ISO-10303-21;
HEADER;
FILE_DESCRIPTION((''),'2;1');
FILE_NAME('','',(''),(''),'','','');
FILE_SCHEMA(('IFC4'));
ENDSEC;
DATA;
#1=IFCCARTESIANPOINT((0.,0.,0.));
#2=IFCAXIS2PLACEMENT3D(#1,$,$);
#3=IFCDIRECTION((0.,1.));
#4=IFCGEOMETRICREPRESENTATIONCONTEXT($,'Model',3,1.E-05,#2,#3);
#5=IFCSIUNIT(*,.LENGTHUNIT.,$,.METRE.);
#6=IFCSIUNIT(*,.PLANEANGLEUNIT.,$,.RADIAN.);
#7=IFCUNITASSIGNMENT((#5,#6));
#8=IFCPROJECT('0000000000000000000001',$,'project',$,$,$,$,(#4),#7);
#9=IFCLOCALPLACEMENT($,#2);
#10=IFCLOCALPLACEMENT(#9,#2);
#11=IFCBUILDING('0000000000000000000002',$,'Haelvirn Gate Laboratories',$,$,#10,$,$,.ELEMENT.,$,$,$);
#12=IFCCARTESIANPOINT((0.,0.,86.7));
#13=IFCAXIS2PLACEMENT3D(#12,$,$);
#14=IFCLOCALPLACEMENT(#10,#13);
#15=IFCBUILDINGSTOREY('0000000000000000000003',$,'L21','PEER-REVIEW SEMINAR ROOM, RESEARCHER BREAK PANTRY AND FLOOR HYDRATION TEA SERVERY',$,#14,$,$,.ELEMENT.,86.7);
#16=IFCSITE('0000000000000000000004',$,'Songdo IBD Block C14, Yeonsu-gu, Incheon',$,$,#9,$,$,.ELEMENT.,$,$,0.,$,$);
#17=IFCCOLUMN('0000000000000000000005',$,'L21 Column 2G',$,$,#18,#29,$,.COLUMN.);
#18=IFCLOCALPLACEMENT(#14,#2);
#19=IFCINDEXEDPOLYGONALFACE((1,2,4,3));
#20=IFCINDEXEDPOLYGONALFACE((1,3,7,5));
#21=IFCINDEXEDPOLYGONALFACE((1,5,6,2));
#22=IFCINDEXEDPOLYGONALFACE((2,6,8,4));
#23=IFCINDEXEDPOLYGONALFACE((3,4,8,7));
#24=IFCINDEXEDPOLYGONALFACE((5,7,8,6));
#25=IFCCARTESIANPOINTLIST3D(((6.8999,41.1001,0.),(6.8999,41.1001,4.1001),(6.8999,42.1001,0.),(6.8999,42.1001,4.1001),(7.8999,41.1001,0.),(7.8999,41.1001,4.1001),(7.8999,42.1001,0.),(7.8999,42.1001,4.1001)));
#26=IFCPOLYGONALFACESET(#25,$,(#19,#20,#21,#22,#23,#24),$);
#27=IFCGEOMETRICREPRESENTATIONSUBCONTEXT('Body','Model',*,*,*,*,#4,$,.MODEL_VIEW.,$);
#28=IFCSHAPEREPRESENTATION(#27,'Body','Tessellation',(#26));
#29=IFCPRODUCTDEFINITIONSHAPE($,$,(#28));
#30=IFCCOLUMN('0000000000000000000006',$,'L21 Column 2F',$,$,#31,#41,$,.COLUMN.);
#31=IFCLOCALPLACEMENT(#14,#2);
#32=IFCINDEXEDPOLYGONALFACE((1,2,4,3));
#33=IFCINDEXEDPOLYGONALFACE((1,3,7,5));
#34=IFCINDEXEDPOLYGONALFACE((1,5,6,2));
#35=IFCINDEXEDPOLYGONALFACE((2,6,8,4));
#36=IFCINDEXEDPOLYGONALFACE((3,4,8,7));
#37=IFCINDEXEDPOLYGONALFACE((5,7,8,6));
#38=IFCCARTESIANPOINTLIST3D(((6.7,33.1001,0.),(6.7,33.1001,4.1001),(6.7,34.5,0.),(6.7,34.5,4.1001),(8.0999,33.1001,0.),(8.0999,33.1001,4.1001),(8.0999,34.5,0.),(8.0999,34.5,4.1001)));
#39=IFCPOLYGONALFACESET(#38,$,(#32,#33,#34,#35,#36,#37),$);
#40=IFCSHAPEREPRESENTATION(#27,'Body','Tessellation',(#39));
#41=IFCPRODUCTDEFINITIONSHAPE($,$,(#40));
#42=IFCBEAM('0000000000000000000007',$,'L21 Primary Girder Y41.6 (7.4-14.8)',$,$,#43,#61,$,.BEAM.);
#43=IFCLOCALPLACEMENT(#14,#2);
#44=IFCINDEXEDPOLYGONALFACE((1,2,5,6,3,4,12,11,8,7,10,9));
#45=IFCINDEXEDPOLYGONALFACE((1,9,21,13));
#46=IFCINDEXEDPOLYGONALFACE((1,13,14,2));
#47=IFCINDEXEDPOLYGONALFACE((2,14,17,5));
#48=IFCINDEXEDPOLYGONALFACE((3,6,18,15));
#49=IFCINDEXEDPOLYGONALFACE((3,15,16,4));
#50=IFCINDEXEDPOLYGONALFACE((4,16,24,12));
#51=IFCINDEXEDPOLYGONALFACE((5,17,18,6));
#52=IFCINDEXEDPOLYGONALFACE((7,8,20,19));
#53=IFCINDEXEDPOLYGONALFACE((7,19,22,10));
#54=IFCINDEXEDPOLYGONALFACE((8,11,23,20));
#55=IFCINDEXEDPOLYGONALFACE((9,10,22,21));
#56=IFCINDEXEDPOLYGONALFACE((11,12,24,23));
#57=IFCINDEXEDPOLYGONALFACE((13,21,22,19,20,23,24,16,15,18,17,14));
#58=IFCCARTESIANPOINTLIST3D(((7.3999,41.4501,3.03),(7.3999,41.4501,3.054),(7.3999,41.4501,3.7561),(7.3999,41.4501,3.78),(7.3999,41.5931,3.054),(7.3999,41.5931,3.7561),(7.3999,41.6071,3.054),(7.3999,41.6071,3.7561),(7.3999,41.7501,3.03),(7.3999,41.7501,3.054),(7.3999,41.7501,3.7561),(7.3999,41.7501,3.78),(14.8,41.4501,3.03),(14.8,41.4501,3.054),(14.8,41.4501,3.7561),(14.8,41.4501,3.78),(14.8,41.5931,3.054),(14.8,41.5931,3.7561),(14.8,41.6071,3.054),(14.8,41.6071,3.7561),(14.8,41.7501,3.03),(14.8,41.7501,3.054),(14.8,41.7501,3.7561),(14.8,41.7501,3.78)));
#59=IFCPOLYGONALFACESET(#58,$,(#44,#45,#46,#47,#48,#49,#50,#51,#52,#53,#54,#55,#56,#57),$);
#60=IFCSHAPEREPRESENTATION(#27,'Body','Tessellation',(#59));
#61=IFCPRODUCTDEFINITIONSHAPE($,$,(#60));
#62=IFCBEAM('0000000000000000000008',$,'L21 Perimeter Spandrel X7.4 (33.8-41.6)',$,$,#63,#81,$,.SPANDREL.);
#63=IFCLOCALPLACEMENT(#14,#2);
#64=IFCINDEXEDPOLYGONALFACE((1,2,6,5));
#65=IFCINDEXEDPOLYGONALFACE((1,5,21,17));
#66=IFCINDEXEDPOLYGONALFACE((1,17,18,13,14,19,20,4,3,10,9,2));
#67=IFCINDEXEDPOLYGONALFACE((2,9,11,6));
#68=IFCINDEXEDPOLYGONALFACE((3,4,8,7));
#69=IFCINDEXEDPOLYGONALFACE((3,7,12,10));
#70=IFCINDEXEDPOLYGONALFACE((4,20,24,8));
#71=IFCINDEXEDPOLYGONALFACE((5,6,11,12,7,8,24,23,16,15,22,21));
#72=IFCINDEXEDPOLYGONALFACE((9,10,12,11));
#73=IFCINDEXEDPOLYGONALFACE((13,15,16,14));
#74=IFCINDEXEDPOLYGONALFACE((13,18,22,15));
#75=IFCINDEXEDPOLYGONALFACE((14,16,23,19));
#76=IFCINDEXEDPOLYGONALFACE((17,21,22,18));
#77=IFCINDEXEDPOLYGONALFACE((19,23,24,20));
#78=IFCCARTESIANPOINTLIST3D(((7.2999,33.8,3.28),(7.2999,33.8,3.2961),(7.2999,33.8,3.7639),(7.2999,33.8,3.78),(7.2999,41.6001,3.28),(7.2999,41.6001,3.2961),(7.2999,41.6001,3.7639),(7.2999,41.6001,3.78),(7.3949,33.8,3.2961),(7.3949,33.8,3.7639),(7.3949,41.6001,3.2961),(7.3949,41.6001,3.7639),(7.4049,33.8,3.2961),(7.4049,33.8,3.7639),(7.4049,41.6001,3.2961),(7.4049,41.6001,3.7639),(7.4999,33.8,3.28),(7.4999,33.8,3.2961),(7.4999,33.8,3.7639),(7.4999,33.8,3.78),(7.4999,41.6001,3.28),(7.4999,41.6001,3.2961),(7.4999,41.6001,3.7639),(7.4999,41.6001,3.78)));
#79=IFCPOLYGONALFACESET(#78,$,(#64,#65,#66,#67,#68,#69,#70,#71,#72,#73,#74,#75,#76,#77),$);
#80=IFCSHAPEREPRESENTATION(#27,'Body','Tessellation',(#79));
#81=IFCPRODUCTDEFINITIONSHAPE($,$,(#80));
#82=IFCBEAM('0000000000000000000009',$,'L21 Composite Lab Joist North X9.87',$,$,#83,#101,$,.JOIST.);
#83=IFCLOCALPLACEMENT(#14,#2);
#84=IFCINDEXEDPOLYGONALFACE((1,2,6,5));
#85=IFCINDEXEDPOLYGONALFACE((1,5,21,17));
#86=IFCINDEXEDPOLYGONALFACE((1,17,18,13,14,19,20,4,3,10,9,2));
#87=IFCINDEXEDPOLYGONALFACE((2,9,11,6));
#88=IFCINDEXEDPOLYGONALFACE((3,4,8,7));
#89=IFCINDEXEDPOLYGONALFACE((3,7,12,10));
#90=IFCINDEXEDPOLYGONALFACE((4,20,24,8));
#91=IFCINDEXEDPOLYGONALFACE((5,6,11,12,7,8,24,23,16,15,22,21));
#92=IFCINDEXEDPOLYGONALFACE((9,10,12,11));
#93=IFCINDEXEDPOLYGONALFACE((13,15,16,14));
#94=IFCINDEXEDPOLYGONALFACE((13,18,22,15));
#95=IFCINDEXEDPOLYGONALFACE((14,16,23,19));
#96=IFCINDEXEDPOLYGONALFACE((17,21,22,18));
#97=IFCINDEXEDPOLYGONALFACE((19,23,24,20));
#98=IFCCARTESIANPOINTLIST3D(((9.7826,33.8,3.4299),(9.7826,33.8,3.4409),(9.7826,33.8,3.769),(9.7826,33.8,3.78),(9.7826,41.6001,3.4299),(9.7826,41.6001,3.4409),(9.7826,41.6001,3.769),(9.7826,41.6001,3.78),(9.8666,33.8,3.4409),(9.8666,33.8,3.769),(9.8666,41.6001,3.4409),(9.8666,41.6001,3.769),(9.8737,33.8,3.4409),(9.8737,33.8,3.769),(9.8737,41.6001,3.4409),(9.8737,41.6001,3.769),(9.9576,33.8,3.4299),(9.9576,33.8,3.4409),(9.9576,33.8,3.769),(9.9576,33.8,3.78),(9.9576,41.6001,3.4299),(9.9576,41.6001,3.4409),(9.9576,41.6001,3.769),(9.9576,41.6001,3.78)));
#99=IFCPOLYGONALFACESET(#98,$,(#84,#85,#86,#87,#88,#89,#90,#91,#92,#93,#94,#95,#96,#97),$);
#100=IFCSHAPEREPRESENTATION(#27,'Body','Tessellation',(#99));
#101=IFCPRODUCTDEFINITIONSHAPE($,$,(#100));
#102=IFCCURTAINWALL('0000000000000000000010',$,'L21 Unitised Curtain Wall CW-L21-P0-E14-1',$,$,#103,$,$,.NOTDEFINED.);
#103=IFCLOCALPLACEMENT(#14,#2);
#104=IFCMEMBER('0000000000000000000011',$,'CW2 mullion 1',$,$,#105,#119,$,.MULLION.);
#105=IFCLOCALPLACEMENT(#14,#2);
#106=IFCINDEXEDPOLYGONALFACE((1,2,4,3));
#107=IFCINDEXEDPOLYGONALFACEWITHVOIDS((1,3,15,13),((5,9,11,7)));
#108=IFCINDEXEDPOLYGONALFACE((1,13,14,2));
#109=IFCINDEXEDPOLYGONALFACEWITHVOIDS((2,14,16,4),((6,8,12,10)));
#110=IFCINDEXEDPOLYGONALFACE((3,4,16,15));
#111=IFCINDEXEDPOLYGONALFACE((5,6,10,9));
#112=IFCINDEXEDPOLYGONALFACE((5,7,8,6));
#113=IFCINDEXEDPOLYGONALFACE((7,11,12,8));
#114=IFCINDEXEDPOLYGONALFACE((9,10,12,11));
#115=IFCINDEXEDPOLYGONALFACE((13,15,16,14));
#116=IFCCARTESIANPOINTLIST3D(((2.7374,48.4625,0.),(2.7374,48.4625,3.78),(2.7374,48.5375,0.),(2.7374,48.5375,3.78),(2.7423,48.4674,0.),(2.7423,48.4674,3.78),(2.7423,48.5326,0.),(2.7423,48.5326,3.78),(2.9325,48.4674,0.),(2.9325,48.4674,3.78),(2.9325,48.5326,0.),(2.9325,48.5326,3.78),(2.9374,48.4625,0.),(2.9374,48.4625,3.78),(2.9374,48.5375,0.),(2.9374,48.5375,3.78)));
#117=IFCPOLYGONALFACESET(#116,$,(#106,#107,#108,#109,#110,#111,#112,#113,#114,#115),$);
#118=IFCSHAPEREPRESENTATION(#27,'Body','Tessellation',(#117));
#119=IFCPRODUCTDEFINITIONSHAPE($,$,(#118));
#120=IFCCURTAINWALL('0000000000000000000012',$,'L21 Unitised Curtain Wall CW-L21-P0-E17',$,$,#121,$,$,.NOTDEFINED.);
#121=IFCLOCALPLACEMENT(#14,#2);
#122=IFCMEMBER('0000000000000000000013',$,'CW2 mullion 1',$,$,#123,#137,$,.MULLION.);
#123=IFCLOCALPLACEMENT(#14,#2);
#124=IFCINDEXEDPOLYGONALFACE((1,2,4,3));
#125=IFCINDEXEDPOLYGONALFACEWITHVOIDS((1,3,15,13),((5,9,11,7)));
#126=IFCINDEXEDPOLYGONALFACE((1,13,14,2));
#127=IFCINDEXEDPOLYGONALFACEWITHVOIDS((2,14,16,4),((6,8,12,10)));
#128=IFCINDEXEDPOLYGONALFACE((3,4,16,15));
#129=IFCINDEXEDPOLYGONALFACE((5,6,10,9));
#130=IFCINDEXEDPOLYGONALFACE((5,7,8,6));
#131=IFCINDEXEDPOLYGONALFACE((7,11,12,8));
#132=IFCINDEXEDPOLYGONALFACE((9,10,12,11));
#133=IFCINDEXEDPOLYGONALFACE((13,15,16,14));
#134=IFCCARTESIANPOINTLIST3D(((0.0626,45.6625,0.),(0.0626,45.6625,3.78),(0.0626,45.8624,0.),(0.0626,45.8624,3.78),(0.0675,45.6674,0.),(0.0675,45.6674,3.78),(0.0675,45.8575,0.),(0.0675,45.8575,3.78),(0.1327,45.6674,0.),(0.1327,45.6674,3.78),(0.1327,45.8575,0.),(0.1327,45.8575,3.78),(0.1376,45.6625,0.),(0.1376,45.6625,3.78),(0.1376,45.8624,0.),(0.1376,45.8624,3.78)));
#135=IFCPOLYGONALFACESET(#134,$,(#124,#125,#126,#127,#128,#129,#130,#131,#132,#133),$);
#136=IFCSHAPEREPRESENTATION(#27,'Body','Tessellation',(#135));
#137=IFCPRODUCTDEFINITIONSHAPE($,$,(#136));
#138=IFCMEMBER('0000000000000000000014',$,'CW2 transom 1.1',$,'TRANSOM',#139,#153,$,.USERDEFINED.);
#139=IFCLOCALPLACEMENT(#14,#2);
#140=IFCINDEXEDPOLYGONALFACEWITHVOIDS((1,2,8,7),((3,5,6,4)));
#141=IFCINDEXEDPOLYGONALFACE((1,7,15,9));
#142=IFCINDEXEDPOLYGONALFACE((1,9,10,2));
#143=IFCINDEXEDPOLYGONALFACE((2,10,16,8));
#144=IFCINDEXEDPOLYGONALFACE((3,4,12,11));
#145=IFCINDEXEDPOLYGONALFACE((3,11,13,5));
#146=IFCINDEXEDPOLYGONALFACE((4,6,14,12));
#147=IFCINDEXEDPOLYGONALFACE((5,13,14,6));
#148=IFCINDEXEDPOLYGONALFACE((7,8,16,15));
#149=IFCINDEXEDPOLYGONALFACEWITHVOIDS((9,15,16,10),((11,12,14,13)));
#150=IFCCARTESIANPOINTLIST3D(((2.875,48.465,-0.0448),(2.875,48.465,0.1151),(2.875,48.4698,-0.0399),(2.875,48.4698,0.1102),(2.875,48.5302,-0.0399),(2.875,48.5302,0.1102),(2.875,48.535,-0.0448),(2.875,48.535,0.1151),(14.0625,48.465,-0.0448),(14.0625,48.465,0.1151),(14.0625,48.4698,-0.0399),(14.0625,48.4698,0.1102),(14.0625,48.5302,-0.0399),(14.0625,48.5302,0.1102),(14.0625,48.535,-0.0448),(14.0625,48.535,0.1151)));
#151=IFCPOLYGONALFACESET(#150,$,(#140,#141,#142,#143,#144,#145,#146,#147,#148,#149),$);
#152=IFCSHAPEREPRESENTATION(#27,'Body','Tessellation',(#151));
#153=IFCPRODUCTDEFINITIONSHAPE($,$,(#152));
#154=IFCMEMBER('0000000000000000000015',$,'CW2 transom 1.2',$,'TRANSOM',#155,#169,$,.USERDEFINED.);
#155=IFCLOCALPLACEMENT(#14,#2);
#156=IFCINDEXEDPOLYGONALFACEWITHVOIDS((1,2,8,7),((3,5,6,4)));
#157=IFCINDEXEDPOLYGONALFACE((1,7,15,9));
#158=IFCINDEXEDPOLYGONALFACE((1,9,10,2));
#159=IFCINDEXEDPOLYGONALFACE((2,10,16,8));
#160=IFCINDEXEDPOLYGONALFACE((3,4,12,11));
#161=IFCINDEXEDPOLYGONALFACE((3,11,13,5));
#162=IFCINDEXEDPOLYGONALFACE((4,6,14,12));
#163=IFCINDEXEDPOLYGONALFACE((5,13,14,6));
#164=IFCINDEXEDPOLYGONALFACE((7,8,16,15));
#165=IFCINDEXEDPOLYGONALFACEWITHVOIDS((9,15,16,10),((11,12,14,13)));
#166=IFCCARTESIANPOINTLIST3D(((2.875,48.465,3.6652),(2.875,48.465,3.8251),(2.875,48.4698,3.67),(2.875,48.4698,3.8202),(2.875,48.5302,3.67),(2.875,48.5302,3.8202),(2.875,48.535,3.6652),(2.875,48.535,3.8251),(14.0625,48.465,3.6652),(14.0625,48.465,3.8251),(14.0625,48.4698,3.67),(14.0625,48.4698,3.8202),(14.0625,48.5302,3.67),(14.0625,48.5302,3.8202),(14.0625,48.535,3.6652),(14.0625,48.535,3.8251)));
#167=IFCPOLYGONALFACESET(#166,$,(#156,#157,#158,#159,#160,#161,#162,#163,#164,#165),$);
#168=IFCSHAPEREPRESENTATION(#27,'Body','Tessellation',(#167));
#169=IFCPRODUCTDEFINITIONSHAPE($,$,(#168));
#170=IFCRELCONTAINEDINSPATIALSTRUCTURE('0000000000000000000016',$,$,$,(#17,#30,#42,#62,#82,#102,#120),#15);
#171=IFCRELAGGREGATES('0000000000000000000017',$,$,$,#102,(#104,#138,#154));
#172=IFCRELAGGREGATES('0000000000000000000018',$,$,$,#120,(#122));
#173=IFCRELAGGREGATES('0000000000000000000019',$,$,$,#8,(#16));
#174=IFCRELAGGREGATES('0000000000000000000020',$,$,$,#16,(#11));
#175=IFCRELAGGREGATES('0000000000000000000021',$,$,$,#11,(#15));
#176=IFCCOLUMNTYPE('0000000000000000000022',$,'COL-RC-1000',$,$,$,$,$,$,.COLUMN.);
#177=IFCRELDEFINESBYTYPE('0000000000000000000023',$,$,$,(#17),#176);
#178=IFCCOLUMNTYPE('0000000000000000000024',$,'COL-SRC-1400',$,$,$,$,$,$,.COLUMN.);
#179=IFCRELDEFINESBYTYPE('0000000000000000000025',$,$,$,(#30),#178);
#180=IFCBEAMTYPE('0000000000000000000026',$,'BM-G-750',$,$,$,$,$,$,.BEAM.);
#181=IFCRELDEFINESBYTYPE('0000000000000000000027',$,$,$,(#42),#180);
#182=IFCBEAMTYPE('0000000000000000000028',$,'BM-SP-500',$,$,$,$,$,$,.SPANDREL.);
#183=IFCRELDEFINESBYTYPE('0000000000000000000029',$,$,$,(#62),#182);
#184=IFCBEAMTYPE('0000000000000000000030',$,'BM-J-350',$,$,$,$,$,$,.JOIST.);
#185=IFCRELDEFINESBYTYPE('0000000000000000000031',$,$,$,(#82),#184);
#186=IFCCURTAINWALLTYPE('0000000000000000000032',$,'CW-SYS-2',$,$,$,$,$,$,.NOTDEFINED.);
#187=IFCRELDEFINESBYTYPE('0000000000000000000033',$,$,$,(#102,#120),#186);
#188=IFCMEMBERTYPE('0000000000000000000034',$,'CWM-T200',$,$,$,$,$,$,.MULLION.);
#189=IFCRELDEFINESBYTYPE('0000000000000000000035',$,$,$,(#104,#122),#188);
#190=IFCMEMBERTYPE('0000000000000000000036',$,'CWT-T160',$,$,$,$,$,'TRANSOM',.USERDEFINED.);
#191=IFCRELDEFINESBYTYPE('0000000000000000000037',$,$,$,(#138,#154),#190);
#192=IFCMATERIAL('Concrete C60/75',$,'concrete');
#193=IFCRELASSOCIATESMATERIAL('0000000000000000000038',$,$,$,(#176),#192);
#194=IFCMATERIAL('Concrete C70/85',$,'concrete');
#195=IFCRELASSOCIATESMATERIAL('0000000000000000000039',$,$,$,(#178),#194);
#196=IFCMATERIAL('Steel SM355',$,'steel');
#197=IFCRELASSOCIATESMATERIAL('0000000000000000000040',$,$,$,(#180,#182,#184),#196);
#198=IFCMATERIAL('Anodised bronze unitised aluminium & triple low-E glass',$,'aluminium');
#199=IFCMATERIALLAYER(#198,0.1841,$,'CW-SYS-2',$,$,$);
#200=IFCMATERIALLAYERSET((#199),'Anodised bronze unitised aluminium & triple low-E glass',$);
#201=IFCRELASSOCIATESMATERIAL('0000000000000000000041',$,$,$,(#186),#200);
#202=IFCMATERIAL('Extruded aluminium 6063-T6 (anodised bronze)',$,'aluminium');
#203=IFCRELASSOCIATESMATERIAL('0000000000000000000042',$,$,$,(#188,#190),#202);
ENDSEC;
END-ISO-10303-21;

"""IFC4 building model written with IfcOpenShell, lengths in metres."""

from ifc_helpers import new_model, si_unit, direction, frame, origin, origin_2d, place, context, subcontext, project, spatial, rectangle, hollow_rectangle, i_section, extrude, source, transform, mapped, material, layer, layer_set, material_profile, profile_set, type_object, type_shapes, element, aggregate, save


model = new_model("IFC4")

# Units and contexts
model_context = context("Model", 3, precision=1e-05, world=origin(), true_north=direction((0.0, 1.0)))
body_context = subcontext(model_context, "Body", "Model", "MODEL_VIEW")
ifc_project = project(units=[si_unit("LENGTHUNIT", "METRE"), si_unit("PLANEANGLEUNIT", "RADIAN")], contexts=[model_context])

# Site, building, storey
site_placement = place(None, origin())
site = spatial("IfcSite", under=ifc_project, at=site_placement, Name="Songdo IBD Block C14, Yeonsu-gu, Incheon", CompositionType="ELEMENT", RefElevation=0.0)
building_placement = place(site_placement, origin())
building = spatial("IfcBuilding", under=site, at=building_placement, Name="Haelvirn Gate Laboratories", CompositionType="ELEMENT")
storey_placement = place(building_placement, frame((0.0, 0.0, 86.7)))
storey = spatial("IfcBuildingStorey", under=building, at=storey_placement, Name="L21", Description="PEER-REVIEW SEMINAR ROOM, RESEARCHER BREAK PANTRY AND FLOOR HYDRATION TEA SERVERY", CompositionType="ELEMENT", Elevation=86.7)

# Columns
ifc_material_1 = material(Name="Concrete C60/75", Category="concrete")
ifc_material_profile_1 = material_profile(ifc_material_1, rectangle(XDim=1.0, YDim=1.0, at=origin_2d()), Name="RC-1000x1000")
ifc_profile_set_1 = profile_set([ifc_material_profile_1], Name="Concrete C60/75")
column_type_1 = type_object("IfcColumnType", Name="COL-RC-1000", PredefinedType="COLUMN", material=ifc_profile_set_1)
shared_shape_1 = source(origin(), body_context, "Body", "SweptSolid", [
    extrude(rectangle(XDim=1.0, YDim=1.0, at=origin_2d()), origin(), (0.0, 0.0, 1.0), 4.1001),
])
type_shapes(column_type_1, [shared_shape_1])
column_1_placement = place(storey_placement, frame((7.3999, 41.6001, 0.0), z_axis=(0.0, 0.0, 1.0), x_axis=(1.0, 0.0, 0.0)))
element("IfcColumn", 1, at=column_1_placement, inside=storey, type_object=column_type_1, Name="L21 Column 2G", PredefinedType="COLUMN", context=body_context, shape_type="MappedRepresentation", body=[
    mapped(shared_shape_1, transform((0.0, 0.0, 0.0), scale=1.0)),
])
ifc_material_2 = material(Name="Concrete C70/85", Category="concrete")
ifc_material_profile_2 = material_profile(ifc_material_2, rectangle(XDim=1.3999, YDim=1.3999, at=origin_2d()), Name="SRC-1400x1400")
ifc_profile_set_2 = profile_set([ifc_material_profile_2], Name="Concrete C70/85")
column_type_2 = type_object("IfcColumnType", Name="COL-SRC-1400", PredefinedType="COLUMN", material=ifc_profile_set_2)
shared_shape_2 = source(origin(), body_context, "Body", "SweptSolid", [
    extrude(rectangle(XDim=1.3999, YDim=1.3999, at=origin_2d()), origin(), (0.0, 0.0, 1.0), 4.1001),
])
type_shapes(column_type_2, [shared_shape_2])
column_2_placement = place(storey_placement, frame((7.3999, 33.8, 0.0), z_axis=(0.0, 0.0, 1.0), x_axis=(1.0, 0.0, 0.0)))
element("IfcColumn", 2, at=column_2_placement, inside=storey, type_object=column_type_2, Name="L21 Column 2F", PredefinedType="COLUMN", context=body_context, shape_type="MappedRepresentation", body=[
    mapped(shared_shape_2, transform((0.0, 0.0, 0.0), scale=1.0)),
])

# Beams
ifc_material_3 = material(Name="Steel SM355", Category="steel")
ifc_material_profile_3 = material_profile(ifc_material_3, i_section(OverallWidth=0.3, OverallDepth=0.75, WebThickness=0.0139, FlangeThickness=0.0239, at=origin_2d()), Name="H-750x300x14x24")
ifc_profile_set_3 = profile_set([ifc_material_profile_3], Name="Steel SM355")
beam_type_1 = type_object("IfcBeamType", Name="BM-G-750", PredefinedType="BEAM", material=ifc_profile_set_3)
shared_shape_3 = source(origin(), body_context, "Body", "SweptSolid", [
    extrude(i_section(OverallWidth=0.3, OverallDepth=0.75, WebThickness=0.0139, FlangeThickness=0.0239, at=origin_2d()), origin(), (0.0, 0.0, 1.0), 7.4001),
])
type_shapes(beam_type_1, [shared_shape_3])
beam_1_placement = place(storey_placement, frame((7.3999, 41.6001, 3.405), z_axis=(1.0, 0.0, 0.0), x_axis=(0.0, 1.0, 0.0)))
element("IfcBeam", 3, at=beam_1_placement, inside=storey, type_object=beam_type_1, Name="L21 Primary Girder Y41.6 (7.4-14.8)", PredefinedType="BEAM", context=body_context, shape_type="MappedRepresentation", body=[
    mapped(shared_shape_3, transform((0.0, 0.0, 0.0), scale=1.0)),
])
ifc_material_profile_4 = material_profile(ifc_material_3, i_section(OverallWidth=0.2, OverallDepth=0.5, WebThickness=0.01, FlangeThickness=0.0161, at=origin_2d()), Name="H-500x200x10x16")
ifc_profile_set_4 = profile_set([ifc_material_profile_4], Name="Steel SM355")
beam_type_2 = type_object("IfcBeamType", Name="BM-SP-500", PredefinedType="SPANDREL", material=ifc_profile_set_4)
shared_shape_4 = source(origin(), body_context, "Body", "SweptSolid", [
    extrude(i_section(OverallWidth=0.2, OverallDepth=0.5, WebThickness=0.01, FlangeThickness=0.0161, at=origin_2d()), origin(), (0.0, 0.0, 1.0), 7.8),
])
type_shapes(beam_type_2, [shared_shape_4])
beam_2_placement = place(storey_placement, frame((7.3999, 33.8, 3.53), z_axis=(0.0, 1.0, 0.0), x_axis=(-1.0, 0.0, 0.0)))
element("IfcBeam", 4, at=beam_2_placement, inside=storey, type_object=beam_type_2, Name="L21 Perimeter Spandrel X7.4 (33.8-41.6)", PredefinedType="SPANDREL", context=body_context, shape_type="MappedRepresentation", body=[
    mapped(shared_shape_4, transform((0.0, 0.0, 0.0), scale=1.0)),
])
ifc_material_profile_5 = material_profile(ifc_material_3, i_section(OverallWidth=0.175, OverallDepth=0.3501, WebThickness=0.0071, FlangeThickness=0.011, at=origin_2d()), Name="H-350x175x7x11")
ifc_profile_set_5 = profile_set([ifc_material_profile_5], Name="Steel SM355")
beam_type_3 = type_object("IfcBeamType", Name="BM-J-350", PredefinedType="JOIST", material=ifc_profile_set_5)
shared_shape_5 = source(origin(), body_context, "Body", "SweptSolid", [
    extrude(i_section(OverallWidth=0.175, OverallDepth=0.3501, WebThickness=0.0071, FlangeThickness=0.011, at=origin_2d()), origin(), (0.0, 0.0, 1.0), 7.8),
])
type_shapes(beam_type_3, [shared_shape_5])
beam_3_placement = place(storey_placement, frame((9.8701, 33.8, 3.605), z_axis=(0.0, 1.0, 0.0), x_axis=(-1.0, 0.0, 0.0)))
element("IfcBeam", 5, at=beam_3_placement, inside=storey, type_object=beam_type_3, Name="L21 Composite Lab Joist North X9.87", PredefinedType="JOIST", context=body_context, shape_type="MappedRepresentation", body=[
    mapped(shared_shape_5, transform((0.0, 0.0, 0.0), scale=1.0)),
])

# Curtain walls, members
ifc_material_4 = material(Name="Anodised bronze unitised aluminium & triple low-E glass", Category="aluminium")
ifc_layer_1 = layer(ifc_material_4, 0.1841, Name="CW-SYS-2")
ifc_layer_set_1 = layer_set([ifc_layer_1], Name="Anodised bronze unitised aluminium & triple low-E glass")
curtain_wall_type_1 = type_object("IfcCurtainWallType", Name="CW-SYS-2", PredefinedType="NOTDEFINED", material=ifc_layer_set_1)
curtain_wall_1_placement = place(storey_placement, origin())
curtain_wall_1 = element("IfcCurtainWall", 6, at=curtain_wall_1_placement, inside=storey, type_object=curtain_wall_type_1, Name="L21 Unitised Curtain Wall CW-L21-P0-E14-1", PredefinedType="NOTDEFINED")
ifc_material_5 = material(Name="Extruded aluminium 6063-T6 (anodised bronze)", Category="aluminium")
ifc_material_profile_6 = material_profile(ifc_material_5, hollow_rectangle(XDim=0.075, YDim=0.2, WallThickness=0.0049, at=origin_2d()), Name="CWM-200x75x5")
ifc_profile_set_6 = profile_set([ifc_material_profile_6], Name="Extruded aluminium 6063-T6 (anodised bronze)")
member_type_1 = type_object("IfcMemberType", Name="CWM-T200", PredefinedType="MULLION", material=ifc_profile_set_6)
shared_shape_6 = source(origin(), body_context, "Body", "SweptSolid", [
    extrude(hollow_rectangle(XDim=0.075, YDim=0.2, WallThickness=0.0049, at=origin_2d()), origin(), (0.0, 0.0, 1.0), 3.78),
])
type_shapes(member_type_1, [shared_shape_6])
member_1_placement = place(storey_placement, frame((2.8374, 48.5, 0.0), z_axis=(0.0, 0.0, 1.0), x_axis=(0.0, 1.0, 0.0)))
member_1 = element("IfcMember", 7, at=member_1_placement, type_object=member_type_1, Name="CW2 mullion 1", PredefinedType="MULLION", context=body_context, shape_type="MappedRepresentation", body=[
    mapped(shared_shape_6, transform((0.0, 0.0, 0.0), scale=1.0)),
])
curtain_wall_2_placement = place(storey_placement, origin())
curtain_wall_2 = element("IfcCurtainWall", 8, at=curtain_wall_2_placement, inside=storey, type_object=curtain_wall_type_1, Name="L21 Unitised Curtain Wall CW-L21-P0-E17", PredefinedType="NOTDEFINED")
member_2_placement = place(storey_placement, frame((0.1001, 45.7625, 0.0), z_axis=(0.0, 0.0, 1.0), x_axis=(1.0, 0.0, 0.0)))
member_2 = element("IfcMember", 9, at=member_2_placement, type_object=member_type_1, Name="CW2 mullion 1", PredefinedType="MULLION", context=body_context, shape_type="MappedRepresentation", body=[
    mapped(shared_shape_6, transform((0.0, 0.0, 0.0), scale=1.0)),
])

# Members
ifc_material_profile_7 = material_profile(ifc_material_5, hollow_rectangle(XDim=0.0701, YDim=0.1599, WallThickness=0.0049, at=origin_2d()), Name="CWT-160x70x5")
ifc_profile_set_7 = profile_set([ifc_material_profile_7], Name="Extruded aluminium 6063-T6 (anodised bronze)")
member_type_2 = type_object("IfcMemberType", Name="CWT-T160", ElementType="TRANSOM", PredefinedType="USERDEFINED", material=ifc_profile_set_7)
shared_shape_7 = source(origin(), body_context, "Body", "SweptSolid", [
    extrude(hollow_rectangle(XDim=0.0701, YDim=0.1599, WallThickness=0.0049, at=origin_2d()), origin(), (0.0, 0.0, 1.0), 11.1875),
])
member_3_placement = place(storey_placement, frame((2.875, 48.5, 0.0352), z_axis=(1.0, 0.0, 0.0), x_axis=(0.0, 1.0, 0.0)))
member_3 = element("IfcMember", 10, at=member_3_placement, type_object=member_type_2, Name="CW2 transom 1.1", ObjectType="TRANSOM", PredefinedType="USERDEFINED", context=body_context, shape_type="MappedRepresentation", body=[
    mapped(shared_shape_7, transform((0.0, 0.0, 0.0), scale=1.0)),
])
member_4_placement = place(storey_placement, frame((2.875, 48.5, 3.7451), z_axis=(1.0, 0.0, 0.0), x_axis=(0.0, 1.0, 0.0)))
member_4 = element("IfcMember", 11, at=member_4_placement, type_object=member_type_2, Name="CW2 transom 1.2", ObjectType="TRANSOM", PredefinedType="USERDEFINED", context=body_context, shape_type="MappedRepresentation", body=[
    mapped(shared_shape_7, transform((0.0, 0.0, 0.0), scale=1.0)),
])

aggregate(curtain_wall_1, [member_1, member_3, member_4])
aggregate(curtain_wall_2, [member_2])

save(model, "model.ifc")
